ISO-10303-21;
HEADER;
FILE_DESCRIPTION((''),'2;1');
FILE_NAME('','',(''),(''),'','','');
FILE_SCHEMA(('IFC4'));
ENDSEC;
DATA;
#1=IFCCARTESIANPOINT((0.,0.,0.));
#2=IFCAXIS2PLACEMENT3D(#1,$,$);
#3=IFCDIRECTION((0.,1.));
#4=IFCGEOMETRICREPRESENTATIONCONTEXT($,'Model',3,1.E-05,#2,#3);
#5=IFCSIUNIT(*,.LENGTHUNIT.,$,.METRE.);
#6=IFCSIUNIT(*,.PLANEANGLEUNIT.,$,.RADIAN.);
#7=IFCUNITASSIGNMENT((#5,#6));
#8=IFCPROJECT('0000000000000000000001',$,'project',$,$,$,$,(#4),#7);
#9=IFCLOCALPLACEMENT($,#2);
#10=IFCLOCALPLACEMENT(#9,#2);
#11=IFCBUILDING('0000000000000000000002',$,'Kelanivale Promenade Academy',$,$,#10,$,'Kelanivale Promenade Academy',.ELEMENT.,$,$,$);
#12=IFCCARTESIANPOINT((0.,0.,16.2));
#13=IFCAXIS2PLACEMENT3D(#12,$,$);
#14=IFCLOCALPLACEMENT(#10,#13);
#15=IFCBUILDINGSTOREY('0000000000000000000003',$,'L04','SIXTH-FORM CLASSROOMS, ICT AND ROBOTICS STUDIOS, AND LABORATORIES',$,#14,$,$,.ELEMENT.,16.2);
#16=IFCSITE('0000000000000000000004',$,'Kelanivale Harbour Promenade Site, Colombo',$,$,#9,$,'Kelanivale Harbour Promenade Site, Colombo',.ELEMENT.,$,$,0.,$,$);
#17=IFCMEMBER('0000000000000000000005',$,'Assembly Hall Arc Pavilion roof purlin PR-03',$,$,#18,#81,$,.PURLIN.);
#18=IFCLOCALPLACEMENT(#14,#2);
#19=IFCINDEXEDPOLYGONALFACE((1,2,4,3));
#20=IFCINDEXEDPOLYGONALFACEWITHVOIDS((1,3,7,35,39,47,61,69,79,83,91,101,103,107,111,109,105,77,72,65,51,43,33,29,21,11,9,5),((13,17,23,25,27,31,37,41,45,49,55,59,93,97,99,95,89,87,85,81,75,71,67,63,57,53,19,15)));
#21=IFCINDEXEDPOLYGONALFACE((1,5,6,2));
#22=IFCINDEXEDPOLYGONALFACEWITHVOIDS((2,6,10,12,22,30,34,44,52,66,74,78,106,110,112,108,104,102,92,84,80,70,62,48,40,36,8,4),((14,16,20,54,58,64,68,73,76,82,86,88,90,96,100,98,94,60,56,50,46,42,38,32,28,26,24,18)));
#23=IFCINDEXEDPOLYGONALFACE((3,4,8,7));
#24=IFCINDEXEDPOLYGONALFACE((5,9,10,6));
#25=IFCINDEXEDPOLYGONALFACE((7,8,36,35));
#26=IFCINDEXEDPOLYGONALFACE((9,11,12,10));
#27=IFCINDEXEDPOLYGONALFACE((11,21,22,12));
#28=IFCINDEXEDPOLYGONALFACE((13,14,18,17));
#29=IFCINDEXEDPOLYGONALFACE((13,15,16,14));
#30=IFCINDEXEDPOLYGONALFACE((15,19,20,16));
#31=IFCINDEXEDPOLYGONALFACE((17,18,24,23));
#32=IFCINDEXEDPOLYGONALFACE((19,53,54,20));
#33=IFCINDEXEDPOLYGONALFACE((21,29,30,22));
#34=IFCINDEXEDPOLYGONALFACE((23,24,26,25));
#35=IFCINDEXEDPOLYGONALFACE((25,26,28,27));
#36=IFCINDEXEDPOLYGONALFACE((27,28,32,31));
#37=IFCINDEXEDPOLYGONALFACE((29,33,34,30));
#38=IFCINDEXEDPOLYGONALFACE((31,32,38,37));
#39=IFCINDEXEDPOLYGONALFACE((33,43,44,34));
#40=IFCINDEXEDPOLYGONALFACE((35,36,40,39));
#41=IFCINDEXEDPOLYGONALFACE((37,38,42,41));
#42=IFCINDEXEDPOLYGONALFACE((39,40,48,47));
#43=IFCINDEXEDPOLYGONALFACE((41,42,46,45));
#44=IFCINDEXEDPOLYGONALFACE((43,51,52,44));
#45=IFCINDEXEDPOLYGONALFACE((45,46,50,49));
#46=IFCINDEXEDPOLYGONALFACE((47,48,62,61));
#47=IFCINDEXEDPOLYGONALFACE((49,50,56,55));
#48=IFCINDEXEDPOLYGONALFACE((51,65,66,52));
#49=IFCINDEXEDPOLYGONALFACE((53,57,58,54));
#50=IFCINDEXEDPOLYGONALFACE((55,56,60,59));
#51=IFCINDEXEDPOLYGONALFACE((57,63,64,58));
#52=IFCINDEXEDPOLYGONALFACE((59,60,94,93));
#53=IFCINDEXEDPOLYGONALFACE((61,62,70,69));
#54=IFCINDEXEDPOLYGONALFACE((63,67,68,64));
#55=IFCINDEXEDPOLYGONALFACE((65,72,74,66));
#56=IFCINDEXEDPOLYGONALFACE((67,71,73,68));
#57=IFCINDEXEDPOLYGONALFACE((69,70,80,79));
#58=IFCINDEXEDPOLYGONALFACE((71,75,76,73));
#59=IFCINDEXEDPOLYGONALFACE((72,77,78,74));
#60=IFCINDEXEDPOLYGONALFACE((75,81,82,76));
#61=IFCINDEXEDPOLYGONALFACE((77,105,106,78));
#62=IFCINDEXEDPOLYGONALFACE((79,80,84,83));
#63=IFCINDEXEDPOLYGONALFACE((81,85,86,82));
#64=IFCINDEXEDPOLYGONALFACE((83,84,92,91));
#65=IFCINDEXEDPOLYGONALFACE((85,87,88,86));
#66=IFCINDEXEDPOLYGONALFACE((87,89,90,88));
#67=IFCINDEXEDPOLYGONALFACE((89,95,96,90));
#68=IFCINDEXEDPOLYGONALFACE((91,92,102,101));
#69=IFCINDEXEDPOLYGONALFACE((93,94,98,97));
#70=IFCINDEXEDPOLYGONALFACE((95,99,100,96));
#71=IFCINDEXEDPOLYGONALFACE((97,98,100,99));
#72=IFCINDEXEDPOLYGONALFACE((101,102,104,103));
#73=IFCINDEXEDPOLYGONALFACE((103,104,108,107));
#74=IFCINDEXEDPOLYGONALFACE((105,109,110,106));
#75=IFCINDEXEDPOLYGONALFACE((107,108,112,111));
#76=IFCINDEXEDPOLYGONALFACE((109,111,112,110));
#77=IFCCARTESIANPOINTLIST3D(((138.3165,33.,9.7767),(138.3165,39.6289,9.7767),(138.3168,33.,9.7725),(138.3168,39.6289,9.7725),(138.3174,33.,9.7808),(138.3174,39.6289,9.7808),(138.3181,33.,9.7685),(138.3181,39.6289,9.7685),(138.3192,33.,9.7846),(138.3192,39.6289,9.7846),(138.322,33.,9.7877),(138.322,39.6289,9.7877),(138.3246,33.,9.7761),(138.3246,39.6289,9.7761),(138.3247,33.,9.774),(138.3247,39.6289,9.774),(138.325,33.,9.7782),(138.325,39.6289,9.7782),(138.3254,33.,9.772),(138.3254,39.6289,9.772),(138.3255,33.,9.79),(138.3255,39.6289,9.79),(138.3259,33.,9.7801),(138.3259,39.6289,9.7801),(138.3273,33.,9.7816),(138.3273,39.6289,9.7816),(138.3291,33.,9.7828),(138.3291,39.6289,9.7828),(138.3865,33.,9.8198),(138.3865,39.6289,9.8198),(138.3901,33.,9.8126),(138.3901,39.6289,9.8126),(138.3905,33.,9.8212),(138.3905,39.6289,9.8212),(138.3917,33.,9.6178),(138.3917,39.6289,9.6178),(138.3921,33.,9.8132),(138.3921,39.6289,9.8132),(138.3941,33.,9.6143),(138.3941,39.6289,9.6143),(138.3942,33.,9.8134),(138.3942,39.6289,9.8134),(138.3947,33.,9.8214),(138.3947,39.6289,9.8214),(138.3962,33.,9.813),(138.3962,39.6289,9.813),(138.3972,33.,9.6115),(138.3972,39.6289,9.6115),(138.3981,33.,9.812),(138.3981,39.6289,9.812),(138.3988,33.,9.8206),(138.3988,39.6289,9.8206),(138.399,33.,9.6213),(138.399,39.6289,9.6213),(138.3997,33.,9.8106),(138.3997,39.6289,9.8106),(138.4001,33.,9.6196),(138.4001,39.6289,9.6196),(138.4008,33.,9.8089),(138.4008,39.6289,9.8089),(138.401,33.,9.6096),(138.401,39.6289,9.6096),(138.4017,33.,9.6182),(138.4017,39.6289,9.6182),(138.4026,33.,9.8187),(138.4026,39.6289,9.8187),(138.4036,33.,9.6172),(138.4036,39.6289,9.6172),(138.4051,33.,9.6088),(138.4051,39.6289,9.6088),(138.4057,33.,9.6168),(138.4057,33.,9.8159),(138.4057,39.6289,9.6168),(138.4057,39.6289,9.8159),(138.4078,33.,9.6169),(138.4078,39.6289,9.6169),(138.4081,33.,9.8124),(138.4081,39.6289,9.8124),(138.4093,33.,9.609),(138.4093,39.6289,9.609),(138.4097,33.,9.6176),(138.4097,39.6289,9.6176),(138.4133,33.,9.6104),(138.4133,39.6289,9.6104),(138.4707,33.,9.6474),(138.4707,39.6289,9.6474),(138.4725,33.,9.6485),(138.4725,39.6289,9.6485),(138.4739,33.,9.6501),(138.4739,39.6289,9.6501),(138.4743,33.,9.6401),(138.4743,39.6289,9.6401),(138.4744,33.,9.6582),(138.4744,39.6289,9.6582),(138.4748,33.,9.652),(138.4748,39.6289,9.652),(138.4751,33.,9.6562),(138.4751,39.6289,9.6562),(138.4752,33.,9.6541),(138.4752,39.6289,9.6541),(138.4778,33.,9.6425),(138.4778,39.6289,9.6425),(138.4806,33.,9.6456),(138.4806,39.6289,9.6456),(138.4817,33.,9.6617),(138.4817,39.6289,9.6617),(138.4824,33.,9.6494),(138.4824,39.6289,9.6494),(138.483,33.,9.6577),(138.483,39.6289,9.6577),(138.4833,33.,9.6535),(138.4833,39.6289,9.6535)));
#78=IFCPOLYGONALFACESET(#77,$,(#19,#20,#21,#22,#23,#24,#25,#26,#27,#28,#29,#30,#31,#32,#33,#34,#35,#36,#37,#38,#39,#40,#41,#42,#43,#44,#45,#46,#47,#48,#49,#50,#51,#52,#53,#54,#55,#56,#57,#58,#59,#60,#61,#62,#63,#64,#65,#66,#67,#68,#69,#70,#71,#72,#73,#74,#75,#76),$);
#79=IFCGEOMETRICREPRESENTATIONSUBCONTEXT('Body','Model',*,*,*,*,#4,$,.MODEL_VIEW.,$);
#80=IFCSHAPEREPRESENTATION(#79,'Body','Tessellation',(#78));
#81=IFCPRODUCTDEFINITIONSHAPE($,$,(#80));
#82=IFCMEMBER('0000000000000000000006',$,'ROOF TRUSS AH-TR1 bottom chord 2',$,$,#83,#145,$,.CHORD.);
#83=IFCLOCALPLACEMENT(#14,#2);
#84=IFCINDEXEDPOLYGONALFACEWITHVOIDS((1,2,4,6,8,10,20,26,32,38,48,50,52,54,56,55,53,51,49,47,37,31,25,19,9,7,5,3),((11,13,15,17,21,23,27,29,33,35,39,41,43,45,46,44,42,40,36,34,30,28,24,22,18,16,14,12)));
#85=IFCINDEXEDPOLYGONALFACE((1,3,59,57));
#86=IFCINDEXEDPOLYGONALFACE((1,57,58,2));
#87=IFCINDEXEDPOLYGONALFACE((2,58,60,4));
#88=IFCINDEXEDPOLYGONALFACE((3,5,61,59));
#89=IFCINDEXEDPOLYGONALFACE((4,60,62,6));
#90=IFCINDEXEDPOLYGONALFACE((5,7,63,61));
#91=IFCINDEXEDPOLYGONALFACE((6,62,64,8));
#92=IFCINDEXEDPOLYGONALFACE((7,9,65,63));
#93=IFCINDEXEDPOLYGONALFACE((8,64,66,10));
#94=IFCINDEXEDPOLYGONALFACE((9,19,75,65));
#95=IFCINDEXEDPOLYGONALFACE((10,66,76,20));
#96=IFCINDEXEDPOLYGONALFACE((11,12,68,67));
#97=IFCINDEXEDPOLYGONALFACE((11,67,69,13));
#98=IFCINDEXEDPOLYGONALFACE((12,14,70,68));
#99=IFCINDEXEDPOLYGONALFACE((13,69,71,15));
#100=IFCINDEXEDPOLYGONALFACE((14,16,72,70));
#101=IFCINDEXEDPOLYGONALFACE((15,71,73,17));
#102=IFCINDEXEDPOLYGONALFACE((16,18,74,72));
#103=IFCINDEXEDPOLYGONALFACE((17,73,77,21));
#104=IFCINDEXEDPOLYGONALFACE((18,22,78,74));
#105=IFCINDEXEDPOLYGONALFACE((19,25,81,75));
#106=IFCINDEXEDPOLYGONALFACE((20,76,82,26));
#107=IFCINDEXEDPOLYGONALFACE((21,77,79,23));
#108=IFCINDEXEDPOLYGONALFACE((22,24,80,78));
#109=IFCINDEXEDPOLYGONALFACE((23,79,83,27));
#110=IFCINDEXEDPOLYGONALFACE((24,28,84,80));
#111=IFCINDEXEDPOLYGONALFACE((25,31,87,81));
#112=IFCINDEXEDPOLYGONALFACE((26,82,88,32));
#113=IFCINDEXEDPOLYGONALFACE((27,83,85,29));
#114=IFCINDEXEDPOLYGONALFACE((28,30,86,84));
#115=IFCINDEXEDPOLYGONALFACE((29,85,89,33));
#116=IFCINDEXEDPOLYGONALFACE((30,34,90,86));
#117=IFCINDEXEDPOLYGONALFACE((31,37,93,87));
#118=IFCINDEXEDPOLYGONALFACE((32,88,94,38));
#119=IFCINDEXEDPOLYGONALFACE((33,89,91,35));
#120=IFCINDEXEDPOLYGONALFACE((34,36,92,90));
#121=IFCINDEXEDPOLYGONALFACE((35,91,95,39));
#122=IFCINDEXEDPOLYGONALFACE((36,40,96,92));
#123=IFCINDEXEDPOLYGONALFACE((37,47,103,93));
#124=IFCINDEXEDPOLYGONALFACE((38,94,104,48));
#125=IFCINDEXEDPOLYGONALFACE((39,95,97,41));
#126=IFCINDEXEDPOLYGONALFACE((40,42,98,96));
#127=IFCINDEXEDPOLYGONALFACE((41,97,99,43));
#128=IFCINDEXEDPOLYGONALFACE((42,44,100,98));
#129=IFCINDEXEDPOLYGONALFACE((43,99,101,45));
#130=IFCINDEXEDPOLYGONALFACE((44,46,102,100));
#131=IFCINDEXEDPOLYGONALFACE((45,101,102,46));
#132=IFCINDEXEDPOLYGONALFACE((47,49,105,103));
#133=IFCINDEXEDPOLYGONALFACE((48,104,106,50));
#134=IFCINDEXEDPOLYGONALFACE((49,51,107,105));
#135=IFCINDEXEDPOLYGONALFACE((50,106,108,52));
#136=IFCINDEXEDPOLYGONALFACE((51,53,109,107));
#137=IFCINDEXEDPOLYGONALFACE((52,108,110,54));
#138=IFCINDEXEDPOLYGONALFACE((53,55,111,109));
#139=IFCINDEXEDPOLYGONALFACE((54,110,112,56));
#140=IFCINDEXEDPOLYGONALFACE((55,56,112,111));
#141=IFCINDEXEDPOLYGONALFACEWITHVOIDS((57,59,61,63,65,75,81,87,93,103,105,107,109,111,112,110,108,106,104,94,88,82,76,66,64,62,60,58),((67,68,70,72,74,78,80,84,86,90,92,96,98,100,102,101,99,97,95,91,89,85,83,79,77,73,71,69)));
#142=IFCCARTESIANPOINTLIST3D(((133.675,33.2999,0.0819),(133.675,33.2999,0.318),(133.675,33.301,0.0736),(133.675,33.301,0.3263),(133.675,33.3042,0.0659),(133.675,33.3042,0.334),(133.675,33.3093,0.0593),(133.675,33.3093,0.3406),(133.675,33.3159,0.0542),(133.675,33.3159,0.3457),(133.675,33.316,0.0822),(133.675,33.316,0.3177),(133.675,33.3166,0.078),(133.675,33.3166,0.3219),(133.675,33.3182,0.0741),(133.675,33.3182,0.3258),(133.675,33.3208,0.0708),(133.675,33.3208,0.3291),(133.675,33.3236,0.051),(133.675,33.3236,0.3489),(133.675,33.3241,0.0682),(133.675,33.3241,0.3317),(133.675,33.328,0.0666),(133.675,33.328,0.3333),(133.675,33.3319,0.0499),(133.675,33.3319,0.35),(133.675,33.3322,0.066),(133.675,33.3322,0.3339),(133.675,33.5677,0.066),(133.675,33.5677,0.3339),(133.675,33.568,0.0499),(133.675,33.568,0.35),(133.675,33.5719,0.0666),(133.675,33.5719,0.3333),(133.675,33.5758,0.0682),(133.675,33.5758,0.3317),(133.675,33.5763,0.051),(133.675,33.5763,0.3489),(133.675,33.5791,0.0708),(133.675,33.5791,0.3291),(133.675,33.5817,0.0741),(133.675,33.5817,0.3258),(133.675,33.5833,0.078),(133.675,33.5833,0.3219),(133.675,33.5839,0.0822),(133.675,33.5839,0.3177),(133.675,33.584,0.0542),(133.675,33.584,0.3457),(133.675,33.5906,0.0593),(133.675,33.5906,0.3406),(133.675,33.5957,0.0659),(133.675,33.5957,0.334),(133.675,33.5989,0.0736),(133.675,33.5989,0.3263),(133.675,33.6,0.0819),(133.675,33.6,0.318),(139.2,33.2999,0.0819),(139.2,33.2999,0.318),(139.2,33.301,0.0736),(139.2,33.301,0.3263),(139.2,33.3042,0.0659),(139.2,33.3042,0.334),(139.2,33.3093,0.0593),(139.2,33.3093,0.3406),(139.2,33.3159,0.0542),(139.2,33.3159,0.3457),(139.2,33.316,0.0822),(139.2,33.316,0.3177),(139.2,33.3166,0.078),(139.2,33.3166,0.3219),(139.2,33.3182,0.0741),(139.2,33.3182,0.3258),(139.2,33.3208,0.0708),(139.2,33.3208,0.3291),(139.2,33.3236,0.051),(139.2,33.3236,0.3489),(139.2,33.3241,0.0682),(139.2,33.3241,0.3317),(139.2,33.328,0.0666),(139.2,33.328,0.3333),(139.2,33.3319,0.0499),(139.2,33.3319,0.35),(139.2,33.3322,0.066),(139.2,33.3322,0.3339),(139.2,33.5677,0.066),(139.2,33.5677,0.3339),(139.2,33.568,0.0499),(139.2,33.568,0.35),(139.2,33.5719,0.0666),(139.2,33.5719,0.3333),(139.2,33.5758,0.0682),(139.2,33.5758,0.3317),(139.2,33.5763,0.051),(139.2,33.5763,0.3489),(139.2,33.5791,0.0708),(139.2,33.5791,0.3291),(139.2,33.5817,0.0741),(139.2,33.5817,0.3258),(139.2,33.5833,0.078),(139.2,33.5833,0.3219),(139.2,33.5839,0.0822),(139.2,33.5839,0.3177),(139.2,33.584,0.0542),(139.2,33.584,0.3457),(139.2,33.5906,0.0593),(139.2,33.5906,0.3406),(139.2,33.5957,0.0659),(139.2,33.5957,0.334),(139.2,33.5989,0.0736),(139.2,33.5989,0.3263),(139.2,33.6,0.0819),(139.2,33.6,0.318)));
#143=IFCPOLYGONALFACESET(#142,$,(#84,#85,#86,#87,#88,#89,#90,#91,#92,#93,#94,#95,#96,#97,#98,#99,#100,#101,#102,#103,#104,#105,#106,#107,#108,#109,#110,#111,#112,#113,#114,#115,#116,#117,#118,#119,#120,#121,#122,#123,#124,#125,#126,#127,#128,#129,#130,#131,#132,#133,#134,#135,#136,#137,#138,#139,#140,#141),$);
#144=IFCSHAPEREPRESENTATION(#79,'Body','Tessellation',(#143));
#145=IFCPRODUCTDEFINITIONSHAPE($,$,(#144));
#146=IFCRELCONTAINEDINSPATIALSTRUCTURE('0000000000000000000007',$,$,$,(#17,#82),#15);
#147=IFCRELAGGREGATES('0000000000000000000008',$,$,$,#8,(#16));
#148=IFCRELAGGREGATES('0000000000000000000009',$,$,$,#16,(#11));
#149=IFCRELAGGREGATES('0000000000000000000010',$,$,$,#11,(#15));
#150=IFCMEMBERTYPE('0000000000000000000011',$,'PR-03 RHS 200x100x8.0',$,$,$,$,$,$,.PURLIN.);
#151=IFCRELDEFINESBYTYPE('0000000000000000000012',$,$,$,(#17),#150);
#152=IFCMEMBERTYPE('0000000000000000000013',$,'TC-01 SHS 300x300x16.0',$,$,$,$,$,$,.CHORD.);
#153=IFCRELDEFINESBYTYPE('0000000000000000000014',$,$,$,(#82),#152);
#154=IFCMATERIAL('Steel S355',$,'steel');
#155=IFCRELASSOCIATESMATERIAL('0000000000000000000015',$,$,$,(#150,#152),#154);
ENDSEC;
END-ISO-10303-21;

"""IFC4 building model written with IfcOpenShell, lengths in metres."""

from ifc_helpers import new_model, si_unit, direction, frame, origin, origin_2d, place, context, subcontext, project, spatial, hollow_rectangle, extrude, material, material_profile, profile_set, type_object, element, save


model = new_model("IFC4")

# Units and contexts
model_context = context("Model", 3, precision=1e-05, world=origin(), true_north=direction((0.0, 1.0)))
body_context = subcontext(model_context, "Body", "Model", "MODEL_VIEW")
ifc_project = project(units=[si_unit("LENGTHUNIT", "METRE"), si_unit("PLANEANGLEUNIT", "RADIAN")], contexts=[model_context])

# Site, building, storey
site_placement = place(None, origin())
site = spatial("IfcSite", under=ifc_project, at=site_placement, Name="Kelanivale Harbour Promenade Site, Colombo", LongName="Kelanivale Harbour Promenade Site, Colombo", CompositionType="ELEMENT", RefElevation=0.0)
building_placement = place(site_placement, origin())
building = spatial("IfcBuilding", under=site, at=building_placement, Name="Kelanivale Promenade Academy", LongName="Kelanivale Promenade Academy", CompositionType="ELEMENT")
storey_placement = place(building_placement, frame((0.0, 0.0, 16.2)))
storey = spatial("IfcBuildingStorey", under=building, at=storey_placement, Name="L04", Description="SIXTH-FORM CLASSROOMS, ICT AND ROBOTICS STUDIOS, AND LABORATORIES", CompositionType="ELEMENT", Elevation=16.2)

# Members
ifc_material_1 = material(Name="Steel S355", Category="steel")
ifc_material_profile_1 = material_profile(ifc_material_1, hollow_rectangle(XDim=0.1001, YDim=0.2, WallThickness=0.0081, InnerFilletRadius=0.0081, OuterFilletRadius=0.0161, at=origin_2d()), Name="RHS 200x100x8.0")
ifc_profile_set_1 = profile_set([ifc_material_profile_1], Name="Steel S355")
member_type_1 = type_object("IfcMemberType", Name="PR-03 RHS 200x100x8.0", PredefinedType="PURLIN", material=ifc_profile_set_1)
member_1_placement = place(storey_placement, frame((138.3999, 33.0, 9.7151), z_axis=(0.0, 1.0, 0.0), x_axis=(-0.898564, 0.0, -0.438842)))
element("IfcMember", 1, at=member_1_placement, inside=storey, type_object=member_type_1, Name="Assembly Hall Arc Pavilion roof purlin PR-03", PredefinedType="PURLIN", context=body_context, shape_type="SweptSolid", body=[
    extrude(hollow_rectangle(XDim=0.1001, YDim=0.2, WallThickness=0.0081, InnerFilletRadius=0.0081, OuterFilletRadius=0.0161, at=origin_2d()), origin(), (0.0, 0.0, 1.0), 6.6289),
])
ifc_material_profile_2 = material_profile(ifc_material_1, hollow_rectangle(XDim=0.3, YDim=0.3, WallThickness=0.0161, InnerFilletRadius=0.0161, OuterFilletRadius=0.032, at=origin_2d()), Name="SHS 300x300x16.0")
ifc_profile_set_2 = profile_set([ifc_material_profile_2], Name="Steel S355")
member_type_2 = type_object("IfcMemberType", Name="TC-01 SHS 300x300x16.0", PredefinedType="CHORD", material=ifc_profile_set_2)
member_2_placement = place(storey_placement, frame((133.675, 33.45, 0.2), z_axis=(1.0, 0.0, 0.0), x_axis=(0.0, 1.0, 0.0)))
element("IfcMember", 2, at=member_2_placement, inside=storey, type_object=member_type_2, Name="ROOF TRUSS AH-TR1 bottom chord 2", PredefinedType="CHORD", context=body_context, shape_type="SweptSolid", body=[
    extrude(hollow_rectangle(XDim=0.3, YDim=0.3, WallThickness=0.0161, InnerFilletRadius=0.0161, OuterFilletRadius=0.032, at=origin_2d()), origin(), (0.0, 0.0, 1.0), 5.5249),
])

save(model, "model.ifc")
